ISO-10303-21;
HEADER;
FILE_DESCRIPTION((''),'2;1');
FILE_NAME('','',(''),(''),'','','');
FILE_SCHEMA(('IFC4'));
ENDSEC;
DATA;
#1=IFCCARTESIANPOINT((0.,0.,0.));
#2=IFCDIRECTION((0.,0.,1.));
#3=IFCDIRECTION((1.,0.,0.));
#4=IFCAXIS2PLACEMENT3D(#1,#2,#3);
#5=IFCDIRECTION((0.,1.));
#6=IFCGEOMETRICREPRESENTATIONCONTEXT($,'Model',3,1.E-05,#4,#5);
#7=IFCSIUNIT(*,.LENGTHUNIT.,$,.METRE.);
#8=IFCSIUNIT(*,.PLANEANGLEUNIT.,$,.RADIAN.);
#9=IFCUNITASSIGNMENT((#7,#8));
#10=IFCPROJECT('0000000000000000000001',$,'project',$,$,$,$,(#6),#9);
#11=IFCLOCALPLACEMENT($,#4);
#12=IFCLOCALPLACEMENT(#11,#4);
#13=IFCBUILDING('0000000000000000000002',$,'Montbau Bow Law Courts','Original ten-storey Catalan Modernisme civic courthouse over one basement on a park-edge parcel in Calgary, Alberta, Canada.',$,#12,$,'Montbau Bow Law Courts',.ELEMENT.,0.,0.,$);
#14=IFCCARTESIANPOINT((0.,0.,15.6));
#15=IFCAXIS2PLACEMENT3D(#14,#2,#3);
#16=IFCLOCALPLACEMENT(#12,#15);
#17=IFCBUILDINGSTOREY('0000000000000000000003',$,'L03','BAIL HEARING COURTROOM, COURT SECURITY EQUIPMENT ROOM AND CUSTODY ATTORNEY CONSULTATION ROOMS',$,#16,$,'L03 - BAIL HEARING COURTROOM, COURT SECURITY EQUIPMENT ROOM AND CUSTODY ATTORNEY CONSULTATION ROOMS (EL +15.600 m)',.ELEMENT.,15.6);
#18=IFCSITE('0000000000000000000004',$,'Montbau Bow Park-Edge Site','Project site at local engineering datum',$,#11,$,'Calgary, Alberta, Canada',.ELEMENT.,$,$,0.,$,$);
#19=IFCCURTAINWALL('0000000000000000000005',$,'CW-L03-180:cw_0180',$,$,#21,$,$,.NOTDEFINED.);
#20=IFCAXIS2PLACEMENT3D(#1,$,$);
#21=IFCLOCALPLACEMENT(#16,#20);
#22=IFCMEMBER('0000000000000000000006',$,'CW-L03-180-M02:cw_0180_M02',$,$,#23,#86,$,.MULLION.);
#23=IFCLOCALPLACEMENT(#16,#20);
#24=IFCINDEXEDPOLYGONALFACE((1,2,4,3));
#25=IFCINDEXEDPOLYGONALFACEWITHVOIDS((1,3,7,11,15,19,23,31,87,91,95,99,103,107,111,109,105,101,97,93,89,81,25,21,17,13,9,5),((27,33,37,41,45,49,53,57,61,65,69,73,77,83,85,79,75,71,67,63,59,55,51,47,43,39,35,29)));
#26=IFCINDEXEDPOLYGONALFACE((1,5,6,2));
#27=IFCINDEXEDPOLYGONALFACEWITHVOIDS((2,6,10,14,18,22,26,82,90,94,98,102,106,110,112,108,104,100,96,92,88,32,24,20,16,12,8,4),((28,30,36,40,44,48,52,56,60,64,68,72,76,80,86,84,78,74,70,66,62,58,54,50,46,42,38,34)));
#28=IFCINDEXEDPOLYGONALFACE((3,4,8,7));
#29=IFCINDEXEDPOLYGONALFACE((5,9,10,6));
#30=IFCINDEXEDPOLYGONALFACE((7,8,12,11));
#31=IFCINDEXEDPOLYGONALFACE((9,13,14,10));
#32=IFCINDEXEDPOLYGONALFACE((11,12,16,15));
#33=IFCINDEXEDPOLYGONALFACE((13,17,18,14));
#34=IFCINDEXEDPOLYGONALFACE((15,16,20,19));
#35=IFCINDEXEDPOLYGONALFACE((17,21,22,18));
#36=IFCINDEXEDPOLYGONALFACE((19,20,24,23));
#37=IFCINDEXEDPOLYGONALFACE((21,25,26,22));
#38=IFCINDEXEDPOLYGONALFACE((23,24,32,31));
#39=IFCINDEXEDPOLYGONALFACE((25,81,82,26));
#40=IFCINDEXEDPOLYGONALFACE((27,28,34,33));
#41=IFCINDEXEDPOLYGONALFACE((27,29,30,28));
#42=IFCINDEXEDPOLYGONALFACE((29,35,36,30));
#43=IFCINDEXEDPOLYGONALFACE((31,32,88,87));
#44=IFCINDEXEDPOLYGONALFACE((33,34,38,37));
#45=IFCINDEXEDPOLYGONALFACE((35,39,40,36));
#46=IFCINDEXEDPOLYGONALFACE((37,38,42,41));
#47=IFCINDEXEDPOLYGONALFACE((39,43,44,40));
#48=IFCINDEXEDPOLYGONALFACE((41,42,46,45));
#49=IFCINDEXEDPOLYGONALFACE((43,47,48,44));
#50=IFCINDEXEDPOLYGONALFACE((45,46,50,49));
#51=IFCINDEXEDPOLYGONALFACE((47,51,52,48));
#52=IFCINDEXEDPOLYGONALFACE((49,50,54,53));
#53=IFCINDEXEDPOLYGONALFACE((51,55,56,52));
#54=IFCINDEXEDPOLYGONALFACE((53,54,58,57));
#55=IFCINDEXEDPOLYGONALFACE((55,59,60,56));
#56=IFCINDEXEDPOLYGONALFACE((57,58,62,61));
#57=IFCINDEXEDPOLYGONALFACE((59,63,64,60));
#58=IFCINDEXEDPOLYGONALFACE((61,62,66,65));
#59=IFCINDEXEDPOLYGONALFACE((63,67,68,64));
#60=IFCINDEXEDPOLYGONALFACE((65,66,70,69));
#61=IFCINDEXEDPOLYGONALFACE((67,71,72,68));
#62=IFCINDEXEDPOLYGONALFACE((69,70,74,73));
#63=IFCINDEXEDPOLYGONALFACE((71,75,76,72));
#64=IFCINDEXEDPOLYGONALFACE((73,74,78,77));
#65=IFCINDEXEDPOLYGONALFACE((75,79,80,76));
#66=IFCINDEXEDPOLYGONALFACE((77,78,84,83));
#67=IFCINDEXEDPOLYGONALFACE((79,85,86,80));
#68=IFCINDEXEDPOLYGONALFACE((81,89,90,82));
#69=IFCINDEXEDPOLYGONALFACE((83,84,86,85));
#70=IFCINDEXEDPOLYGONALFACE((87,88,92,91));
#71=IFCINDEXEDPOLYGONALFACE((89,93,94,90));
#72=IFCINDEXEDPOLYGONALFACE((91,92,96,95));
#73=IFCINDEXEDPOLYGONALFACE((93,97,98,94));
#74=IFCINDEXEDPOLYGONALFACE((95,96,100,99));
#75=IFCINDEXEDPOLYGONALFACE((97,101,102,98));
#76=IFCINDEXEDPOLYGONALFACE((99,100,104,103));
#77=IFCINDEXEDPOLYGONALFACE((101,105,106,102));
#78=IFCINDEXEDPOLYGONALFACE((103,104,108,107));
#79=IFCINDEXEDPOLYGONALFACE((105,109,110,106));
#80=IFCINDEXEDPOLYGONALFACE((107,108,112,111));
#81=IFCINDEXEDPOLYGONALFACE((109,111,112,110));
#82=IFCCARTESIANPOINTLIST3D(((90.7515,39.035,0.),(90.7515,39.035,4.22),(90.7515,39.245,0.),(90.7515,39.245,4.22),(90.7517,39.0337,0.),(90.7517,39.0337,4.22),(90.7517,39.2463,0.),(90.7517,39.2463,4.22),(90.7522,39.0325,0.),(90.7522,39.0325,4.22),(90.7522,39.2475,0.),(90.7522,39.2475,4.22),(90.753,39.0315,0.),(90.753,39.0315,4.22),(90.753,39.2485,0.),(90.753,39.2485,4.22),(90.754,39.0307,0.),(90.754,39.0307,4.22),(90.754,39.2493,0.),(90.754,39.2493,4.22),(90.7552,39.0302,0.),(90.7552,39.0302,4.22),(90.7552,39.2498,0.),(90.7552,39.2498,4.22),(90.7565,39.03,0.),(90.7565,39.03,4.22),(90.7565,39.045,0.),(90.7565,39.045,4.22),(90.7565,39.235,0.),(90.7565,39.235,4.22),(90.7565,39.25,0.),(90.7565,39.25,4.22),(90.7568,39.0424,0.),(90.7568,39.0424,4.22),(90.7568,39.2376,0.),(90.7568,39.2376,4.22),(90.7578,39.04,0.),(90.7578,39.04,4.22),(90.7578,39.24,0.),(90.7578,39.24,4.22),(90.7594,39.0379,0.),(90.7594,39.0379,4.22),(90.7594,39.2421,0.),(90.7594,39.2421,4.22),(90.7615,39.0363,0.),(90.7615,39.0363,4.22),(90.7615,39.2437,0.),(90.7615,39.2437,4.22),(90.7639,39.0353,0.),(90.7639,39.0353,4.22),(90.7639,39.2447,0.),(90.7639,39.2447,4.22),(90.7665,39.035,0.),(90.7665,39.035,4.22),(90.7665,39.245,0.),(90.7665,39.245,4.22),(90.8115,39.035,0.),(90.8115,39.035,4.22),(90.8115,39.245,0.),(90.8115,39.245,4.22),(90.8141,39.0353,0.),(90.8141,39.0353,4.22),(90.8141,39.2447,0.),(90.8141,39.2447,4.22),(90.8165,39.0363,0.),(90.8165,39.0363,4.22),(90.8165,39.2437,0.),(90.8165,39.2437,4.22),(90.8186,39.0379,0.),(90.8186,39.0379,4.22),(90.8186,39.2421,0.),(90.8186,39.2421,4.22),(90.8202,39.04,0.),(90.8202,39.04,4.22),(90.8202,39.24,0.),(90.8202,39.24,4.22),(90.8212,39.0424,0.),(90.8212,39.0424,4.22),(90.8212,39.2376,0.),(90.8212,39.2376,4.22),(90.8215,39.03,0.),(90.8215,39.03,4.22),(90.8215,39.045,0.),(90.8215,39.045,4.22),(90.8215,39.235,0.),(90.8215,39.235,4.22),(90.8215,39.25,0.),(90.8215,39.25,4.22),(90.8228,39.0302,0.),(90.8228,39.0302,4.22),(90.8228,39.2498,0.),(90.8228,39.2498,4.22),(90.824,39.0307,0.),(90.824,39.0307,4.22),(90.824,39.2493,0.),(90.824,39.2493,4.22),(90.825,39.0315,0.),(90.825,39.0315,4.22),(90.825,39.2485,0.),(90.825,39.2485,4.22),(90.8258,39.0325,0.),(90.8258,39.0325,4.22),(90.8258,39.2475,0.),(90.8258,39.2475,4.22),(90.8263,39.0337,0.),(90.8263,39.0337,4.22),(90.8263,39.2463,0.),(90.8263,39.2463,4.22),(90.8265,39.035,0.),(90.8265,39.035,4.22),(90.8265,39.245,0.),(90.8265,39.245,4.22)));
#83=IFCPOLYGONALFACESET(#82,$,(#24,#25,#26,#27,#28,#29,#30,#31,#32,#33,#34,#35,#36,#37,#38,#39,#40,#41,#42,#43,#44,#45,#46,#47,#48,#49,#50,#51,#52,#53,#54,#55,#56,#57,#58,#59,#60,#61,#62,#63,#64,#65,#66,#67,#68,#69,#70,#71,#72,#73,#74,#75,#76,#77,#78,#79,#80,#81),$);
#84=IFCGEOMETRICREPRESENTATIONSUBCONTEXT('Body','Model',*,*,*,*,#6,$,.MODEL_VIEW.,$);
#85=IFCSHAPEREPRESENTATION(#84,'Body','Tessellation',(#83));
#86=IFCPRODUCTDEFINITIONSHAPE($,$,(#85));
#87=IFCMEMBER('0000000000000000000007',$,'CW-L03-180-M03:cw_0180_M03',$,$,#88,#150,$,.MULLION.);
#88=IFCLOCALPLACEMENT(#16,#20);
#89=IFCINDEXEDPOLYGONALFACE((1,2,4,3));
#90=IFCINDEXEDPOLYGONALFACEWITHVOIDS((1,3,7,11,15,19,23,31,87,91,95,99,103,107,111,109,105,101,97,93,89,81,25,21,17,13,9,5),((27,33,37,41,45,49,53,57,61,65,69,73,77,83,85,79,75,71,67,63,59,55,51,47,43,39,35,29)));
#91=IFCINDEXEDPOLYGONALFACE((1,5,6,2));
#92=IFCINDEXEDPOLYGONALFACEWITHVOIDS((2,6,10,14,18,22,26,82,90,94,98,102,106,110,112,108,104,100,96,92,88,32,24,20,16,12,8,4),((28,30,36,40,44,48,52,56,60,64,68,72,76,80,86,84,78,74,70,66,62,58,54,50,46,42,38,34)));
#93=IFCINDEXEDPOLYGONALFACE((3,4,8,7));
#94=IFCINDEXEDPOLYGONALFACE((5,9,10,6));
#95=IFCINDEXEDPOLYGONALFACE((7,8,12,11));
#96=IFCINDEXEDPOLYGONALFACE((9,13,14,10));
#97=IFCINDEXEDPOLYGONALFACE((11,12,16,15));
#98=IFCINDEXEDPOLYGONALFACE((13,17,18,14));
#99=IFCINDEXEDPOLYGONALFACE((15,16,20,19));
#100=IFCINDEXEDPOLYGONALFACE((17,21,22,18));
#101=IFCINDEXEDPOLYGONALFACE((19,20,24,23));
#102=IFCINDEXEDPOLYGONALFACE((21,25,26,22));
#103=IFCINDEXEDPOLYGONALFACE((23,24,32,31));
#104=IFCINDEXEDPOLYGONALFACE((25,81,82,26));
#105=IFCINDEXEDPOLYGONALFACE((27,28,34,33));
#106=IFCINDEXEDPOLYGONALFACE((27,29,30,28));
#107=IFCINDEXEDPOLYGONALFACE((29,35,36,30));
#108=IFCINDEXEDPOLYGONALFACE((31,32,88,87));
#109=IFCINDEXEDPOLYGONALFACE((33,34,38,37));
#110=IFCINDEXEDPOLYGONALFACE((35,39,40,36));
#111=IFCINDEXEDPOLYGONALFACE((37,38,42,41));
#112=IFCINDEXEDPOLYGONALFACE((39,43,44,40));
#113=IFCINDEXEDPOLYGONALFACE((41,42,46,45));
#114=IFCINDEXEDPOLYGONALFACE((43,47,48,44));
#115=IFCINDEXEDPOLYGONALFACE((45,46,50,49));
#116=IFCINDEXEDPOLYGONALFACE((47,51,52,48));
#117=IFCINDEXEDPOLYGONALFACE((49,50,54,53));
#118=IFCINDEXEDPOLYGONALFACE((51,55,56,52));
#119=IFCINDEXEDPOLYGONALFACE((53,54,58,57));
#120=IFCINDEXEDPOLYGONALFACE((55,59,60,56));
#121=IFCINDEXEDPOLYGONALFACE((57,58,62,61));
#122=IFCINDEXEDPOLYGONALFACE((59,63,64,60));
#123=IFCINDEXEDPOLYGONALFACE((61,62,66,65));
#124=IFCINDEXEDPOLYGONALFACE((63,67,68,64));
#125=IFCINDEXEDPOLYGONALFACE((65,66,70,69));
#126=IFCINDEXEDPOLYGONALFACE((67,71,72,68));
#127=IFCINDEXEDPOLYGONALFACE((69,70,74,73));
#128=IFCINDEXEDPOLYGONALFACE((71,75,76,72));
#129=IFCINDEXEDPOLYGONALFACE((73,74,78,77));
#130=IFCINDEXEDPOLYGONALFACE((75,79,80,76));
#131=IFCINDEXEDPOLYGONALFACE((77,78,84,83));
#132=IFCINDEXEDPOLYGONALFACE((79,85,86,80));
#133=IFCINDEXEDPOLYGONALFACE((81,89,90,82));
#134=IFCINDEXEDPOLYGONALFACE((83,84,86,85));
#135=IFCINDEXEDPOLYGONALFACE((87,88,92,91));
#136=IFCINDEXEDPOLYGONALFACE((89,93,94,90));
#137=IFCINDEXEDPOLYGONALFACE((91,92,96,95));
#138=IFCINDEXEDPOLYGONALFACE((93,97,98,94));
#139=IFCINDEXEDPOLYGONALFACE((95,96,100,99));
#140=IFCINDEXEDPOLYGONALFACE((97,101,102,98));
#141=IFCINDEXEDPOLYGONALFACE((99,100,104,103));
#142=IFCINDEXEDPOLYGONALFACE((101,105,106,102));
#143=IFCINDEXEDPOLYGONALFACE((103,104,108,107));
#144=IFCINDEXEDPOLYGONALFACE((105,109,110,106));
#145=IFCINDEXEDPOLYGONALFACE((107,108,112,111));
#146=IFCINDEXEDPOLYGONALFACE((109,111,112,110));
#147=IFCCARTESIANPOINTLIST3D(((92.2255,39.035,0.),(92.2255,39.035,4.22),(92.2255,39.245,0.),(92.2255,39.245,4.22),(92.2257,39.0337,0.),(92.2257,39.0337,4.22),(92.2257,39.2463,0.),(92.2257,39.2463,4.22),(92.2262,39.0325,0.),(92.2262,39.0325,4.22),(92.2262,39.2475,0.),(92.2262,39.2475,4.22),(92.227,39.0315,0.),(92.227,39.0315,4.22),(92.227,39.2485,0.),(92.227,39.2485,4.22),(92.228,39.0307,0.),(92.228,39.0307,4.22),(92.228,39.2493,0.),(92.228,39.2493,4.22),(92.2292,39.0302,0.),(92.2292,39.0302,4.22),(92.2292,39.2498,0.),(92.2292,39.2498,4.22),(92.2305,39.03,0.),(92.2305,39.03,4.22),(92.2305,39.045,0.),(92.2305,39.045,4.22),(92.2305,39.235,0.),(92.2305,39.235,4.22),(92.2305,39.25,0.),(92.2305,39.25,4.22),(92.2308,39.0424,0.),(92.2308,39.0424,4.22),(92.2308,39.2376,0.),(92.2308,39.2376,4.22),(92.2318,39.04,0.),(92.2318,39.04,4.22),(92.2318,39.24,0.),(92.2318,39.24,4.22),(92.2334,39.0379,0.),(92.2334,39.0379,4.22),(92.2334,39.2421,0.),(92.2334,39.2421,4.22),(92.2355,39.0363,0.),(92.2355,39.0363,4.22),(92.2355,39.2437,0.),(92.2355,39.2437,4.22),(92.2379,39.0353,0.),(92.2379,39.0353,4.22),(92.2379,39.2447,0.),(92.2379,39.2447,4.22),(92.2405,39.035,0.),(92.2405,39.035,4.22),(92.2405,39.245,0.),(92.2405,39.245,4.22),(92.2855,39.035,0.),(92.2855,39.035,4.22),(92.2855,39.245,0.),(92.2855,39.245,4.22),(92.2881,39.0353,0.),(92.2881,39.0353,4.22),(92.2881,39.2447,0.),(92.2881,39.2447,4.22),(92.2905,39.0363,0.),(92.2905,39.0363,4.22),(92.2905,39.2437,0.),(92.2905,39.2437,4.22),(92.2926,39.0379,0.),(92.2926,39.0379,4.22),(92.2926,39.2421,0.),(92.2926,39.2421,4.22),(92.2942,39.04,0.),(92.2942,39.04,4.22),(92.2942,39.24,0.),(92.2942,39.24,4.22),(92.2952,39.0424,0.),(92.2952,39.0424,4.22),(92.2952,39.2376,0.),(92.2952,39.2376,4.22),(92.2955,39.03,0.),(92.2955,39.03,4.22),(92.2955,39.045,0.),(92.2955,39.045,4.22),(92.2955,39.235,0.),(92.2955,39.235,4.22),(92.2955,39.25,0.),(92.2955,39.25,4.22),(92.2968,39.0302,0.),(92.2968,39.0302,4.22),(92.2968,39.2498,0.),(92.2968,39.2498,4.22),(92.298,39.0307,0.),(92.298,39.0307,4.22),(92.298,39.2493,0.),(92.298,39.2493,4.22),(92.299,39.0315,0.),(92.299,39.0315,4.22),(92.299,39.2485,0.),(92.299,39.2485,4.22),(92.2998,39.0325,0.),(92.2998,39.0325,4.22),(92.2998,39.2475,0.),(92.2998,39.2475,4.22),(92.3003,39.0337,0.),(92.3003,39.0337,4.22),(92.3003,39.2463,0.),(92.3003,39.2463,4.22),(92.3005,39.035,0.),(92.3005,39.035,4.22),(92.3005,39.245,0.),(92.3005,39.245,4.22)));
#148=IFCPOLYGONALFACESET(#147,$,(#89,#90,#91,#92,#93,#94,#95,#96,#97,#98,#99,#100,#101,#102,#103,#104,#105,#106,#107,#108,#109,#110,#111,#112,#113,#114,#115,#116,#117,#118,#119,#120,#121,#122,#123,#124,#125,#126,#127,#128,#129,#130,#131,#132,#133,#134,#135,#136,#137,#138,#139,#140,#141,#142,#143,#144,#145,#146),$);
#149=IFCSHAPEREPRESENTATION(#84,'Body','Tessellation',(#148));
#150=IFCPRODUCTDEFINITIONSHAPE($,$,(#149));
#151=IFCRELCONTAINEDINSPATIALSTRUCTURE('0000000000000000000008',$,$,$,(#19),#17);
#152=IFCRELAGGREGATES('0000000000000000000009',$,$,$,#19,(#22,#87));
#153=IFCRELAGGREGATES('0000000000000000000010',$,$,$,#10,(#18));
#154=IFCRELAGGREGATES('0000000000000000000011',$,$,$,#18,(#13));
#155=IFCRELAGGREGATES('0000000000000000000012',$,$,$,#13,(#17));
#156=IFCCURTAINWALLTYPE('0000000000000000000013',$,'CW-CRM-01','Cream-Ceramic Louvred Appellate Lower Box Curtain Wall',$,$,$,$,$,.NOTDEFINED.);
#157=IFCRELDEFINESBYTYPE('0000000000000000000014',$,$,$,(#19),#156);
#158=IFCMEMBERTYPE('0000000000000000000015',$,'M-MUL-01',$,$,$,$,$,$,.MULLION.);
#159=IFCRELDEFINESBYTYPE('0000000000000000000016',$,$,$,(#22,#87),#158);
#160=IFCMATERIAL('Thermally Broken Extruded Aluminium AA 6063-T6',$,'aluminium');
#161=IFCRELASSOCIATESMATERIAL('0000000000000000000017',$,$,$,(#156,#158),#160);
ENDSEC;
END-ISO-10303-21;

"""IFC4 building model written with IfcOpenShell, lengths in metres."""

from ifc_helpers import new_model, si_unit, direction, frame, origin_with_axes, origin_2d_with_axis, place, context, subcontext, project, spatial, hollow_rectangle, extrude, material, material_profile, profile_set, type_object, element, aggregate, save


model = new_model("IFC4")

# Units and contexts
model_context = context("Model", 3, precision=1e-05, world=origin_with_axes(), true_north=direction((0.0, 1.0)))
body_context = subcontext(model_context, "Body", "Model", "MODEL_VIEW")
ifc_project = project(units=[si_unit("LENGTHUNIT", "METRE"), si_unit("PLANEANGLEUNIT", "RADIAN")], contexts=[model_context])

# Site, building, storey
site_placement = place(None, origin_with_axes())
site = spatial("IfcSite", under=ifc_project, at=site_placement, Name="Montbau Bow Park-Edge Site", Description="Project site at local engineering datum", LongName="Calgary, Alberta, Canada", CompositionType="ELEMENT", RefElevation=0.0)
building_placement = place(site_placement, origin_with_axes())
building = spatial("IfcBuilding", under=site, at=building_placement, Name="Montbau Bow Law Courts", Description="Original ten-storey Catalan Modernisme civic courthouse over one basement on a park-edge parcel in Calgary, Alberta, Canada.", LongName="Montbau Bow Law Courts", CompositionType="ELEMENT", ElevationOfRefHeight=0.0, ElevationOfTerrain=0.0)
storey_placement = place(building_placement, frame((0.0, 0.0, 15.6), z_axis=(0.0, 0.0, 1.0), x_axis=(1.0, 0.0, 0.0)))
storey = spatial("IfcBuildingStorey", under=building, at=storey_placement, Name="L03", Description="BAIL HEARING COURTROOM, COURT SECURITY EQUIPMENT ROOM AND CUSTODY ATTORNEY CONSULTATION ROOMS", LongName="L03 - BAIL HEARING COURTROOM, COURT SECURITY EQUIPMENT ROOM AND CUSTODY ATTORNEY CONSULTATION ROOMS (EL +15.600 m)", CompositionType="ELEMENT", Elevation=15.6)

# Curtain wall, members
ifc_material_1 = material(Name="Thermally Broken Extruded Aluminium AA 6063-T6", Category="aluminium")
curtain_wall_type = type_object("IfcCurtainWallType", Name="CW-CRM-01", Description="Cream-Ceramic Louvred Appellate Lower Box Curtain Wall", PredefinedType="NOTDEFINED", material=ifc_material_1)
curtain_wall_placement = place(None, frame((89.315, 39.14, 15.6), z_axis=(0.0, 0.0, 1.0), x_axis=(1.0, 0.0, 0.0)))
curtain_wall = element("IfcCurtainWall", 1, at=curtain_wall_placement, inside=storey, type_object=curtain_wall_type, Name="CW-L03-180:cw_0180", PredefinedType="NOTDEFINED")
ifc_material_profile_1 = material_profile(ifc_material_1, hollow_rectangle(XDim=0.075, YDim=0.22, WallThickness=0.005, InnerFilletRadius=0.01, OuterFilletRadius=0.005, at=origin_2d_with_axis()), Name="CWM-220X75", Category="Main", Priority=0)
ifc_profile_set_1 = profile_set([ifc_material_profile_1], Name="Thermally Broken Extruded Aluminium AA 6063-T6")
member_type_1 = type_object("IfcMemberType", Name="M-MUL-01", PredefinedType="MULLION", material=ifc_profile_set_1)
member_1_placement = place(None, frame((90.789, 39.14, 15.6), z_axis=(0.0, 0.0, 1.0), x_axis=(1.0, 0.0, 0.0)))
member_1 = element("IfcMember", 2, at=member_1_placement, type_object=member_type_1, Name="CW-L03-180-M02:cw_0180_M02", PredefinedType="MULLION", context=body_context, shape_type="SweptSolid", body=[
    extrude(hollow_rectangle(XDim=0.075, YDim=0.22, WallThickness=0.005, InnerFilletRadius=0.01, OuterFilletRadius=0.005, at=origin_2d_with_axis()), origin_with_axes(), (0.0, 0.0, 1.0), 4.22),
])
member_2_placement = place(None, frame((92.263, 39.14, 15.6), z_axis=(0.0, 0.0, 1.0), x_axis=(1.0, 0.0, 0.0)))
member_2 = element("IfcMember", 3, at=member_2_placement, type_object=member_type_1, Name="CW-L03-180-M03:cw_0180_M03", PredefinedType="MULLION", context=body_context, shape_type="SweptSolid", body=[
    extrude(hollow_rectangle(XDim=0.075, YDim=0.22, WallThickness=0.005, InnerFilletRadius=0.01, OuterFilletRadius=0.005, at=origin_2d_with_axis()), origin_with_axes(), (0.0, 0.0, 1.0), 4.22),
])
aggregate(curtain_wall, [member_1, member_2])

save(model, "model.ifc")
